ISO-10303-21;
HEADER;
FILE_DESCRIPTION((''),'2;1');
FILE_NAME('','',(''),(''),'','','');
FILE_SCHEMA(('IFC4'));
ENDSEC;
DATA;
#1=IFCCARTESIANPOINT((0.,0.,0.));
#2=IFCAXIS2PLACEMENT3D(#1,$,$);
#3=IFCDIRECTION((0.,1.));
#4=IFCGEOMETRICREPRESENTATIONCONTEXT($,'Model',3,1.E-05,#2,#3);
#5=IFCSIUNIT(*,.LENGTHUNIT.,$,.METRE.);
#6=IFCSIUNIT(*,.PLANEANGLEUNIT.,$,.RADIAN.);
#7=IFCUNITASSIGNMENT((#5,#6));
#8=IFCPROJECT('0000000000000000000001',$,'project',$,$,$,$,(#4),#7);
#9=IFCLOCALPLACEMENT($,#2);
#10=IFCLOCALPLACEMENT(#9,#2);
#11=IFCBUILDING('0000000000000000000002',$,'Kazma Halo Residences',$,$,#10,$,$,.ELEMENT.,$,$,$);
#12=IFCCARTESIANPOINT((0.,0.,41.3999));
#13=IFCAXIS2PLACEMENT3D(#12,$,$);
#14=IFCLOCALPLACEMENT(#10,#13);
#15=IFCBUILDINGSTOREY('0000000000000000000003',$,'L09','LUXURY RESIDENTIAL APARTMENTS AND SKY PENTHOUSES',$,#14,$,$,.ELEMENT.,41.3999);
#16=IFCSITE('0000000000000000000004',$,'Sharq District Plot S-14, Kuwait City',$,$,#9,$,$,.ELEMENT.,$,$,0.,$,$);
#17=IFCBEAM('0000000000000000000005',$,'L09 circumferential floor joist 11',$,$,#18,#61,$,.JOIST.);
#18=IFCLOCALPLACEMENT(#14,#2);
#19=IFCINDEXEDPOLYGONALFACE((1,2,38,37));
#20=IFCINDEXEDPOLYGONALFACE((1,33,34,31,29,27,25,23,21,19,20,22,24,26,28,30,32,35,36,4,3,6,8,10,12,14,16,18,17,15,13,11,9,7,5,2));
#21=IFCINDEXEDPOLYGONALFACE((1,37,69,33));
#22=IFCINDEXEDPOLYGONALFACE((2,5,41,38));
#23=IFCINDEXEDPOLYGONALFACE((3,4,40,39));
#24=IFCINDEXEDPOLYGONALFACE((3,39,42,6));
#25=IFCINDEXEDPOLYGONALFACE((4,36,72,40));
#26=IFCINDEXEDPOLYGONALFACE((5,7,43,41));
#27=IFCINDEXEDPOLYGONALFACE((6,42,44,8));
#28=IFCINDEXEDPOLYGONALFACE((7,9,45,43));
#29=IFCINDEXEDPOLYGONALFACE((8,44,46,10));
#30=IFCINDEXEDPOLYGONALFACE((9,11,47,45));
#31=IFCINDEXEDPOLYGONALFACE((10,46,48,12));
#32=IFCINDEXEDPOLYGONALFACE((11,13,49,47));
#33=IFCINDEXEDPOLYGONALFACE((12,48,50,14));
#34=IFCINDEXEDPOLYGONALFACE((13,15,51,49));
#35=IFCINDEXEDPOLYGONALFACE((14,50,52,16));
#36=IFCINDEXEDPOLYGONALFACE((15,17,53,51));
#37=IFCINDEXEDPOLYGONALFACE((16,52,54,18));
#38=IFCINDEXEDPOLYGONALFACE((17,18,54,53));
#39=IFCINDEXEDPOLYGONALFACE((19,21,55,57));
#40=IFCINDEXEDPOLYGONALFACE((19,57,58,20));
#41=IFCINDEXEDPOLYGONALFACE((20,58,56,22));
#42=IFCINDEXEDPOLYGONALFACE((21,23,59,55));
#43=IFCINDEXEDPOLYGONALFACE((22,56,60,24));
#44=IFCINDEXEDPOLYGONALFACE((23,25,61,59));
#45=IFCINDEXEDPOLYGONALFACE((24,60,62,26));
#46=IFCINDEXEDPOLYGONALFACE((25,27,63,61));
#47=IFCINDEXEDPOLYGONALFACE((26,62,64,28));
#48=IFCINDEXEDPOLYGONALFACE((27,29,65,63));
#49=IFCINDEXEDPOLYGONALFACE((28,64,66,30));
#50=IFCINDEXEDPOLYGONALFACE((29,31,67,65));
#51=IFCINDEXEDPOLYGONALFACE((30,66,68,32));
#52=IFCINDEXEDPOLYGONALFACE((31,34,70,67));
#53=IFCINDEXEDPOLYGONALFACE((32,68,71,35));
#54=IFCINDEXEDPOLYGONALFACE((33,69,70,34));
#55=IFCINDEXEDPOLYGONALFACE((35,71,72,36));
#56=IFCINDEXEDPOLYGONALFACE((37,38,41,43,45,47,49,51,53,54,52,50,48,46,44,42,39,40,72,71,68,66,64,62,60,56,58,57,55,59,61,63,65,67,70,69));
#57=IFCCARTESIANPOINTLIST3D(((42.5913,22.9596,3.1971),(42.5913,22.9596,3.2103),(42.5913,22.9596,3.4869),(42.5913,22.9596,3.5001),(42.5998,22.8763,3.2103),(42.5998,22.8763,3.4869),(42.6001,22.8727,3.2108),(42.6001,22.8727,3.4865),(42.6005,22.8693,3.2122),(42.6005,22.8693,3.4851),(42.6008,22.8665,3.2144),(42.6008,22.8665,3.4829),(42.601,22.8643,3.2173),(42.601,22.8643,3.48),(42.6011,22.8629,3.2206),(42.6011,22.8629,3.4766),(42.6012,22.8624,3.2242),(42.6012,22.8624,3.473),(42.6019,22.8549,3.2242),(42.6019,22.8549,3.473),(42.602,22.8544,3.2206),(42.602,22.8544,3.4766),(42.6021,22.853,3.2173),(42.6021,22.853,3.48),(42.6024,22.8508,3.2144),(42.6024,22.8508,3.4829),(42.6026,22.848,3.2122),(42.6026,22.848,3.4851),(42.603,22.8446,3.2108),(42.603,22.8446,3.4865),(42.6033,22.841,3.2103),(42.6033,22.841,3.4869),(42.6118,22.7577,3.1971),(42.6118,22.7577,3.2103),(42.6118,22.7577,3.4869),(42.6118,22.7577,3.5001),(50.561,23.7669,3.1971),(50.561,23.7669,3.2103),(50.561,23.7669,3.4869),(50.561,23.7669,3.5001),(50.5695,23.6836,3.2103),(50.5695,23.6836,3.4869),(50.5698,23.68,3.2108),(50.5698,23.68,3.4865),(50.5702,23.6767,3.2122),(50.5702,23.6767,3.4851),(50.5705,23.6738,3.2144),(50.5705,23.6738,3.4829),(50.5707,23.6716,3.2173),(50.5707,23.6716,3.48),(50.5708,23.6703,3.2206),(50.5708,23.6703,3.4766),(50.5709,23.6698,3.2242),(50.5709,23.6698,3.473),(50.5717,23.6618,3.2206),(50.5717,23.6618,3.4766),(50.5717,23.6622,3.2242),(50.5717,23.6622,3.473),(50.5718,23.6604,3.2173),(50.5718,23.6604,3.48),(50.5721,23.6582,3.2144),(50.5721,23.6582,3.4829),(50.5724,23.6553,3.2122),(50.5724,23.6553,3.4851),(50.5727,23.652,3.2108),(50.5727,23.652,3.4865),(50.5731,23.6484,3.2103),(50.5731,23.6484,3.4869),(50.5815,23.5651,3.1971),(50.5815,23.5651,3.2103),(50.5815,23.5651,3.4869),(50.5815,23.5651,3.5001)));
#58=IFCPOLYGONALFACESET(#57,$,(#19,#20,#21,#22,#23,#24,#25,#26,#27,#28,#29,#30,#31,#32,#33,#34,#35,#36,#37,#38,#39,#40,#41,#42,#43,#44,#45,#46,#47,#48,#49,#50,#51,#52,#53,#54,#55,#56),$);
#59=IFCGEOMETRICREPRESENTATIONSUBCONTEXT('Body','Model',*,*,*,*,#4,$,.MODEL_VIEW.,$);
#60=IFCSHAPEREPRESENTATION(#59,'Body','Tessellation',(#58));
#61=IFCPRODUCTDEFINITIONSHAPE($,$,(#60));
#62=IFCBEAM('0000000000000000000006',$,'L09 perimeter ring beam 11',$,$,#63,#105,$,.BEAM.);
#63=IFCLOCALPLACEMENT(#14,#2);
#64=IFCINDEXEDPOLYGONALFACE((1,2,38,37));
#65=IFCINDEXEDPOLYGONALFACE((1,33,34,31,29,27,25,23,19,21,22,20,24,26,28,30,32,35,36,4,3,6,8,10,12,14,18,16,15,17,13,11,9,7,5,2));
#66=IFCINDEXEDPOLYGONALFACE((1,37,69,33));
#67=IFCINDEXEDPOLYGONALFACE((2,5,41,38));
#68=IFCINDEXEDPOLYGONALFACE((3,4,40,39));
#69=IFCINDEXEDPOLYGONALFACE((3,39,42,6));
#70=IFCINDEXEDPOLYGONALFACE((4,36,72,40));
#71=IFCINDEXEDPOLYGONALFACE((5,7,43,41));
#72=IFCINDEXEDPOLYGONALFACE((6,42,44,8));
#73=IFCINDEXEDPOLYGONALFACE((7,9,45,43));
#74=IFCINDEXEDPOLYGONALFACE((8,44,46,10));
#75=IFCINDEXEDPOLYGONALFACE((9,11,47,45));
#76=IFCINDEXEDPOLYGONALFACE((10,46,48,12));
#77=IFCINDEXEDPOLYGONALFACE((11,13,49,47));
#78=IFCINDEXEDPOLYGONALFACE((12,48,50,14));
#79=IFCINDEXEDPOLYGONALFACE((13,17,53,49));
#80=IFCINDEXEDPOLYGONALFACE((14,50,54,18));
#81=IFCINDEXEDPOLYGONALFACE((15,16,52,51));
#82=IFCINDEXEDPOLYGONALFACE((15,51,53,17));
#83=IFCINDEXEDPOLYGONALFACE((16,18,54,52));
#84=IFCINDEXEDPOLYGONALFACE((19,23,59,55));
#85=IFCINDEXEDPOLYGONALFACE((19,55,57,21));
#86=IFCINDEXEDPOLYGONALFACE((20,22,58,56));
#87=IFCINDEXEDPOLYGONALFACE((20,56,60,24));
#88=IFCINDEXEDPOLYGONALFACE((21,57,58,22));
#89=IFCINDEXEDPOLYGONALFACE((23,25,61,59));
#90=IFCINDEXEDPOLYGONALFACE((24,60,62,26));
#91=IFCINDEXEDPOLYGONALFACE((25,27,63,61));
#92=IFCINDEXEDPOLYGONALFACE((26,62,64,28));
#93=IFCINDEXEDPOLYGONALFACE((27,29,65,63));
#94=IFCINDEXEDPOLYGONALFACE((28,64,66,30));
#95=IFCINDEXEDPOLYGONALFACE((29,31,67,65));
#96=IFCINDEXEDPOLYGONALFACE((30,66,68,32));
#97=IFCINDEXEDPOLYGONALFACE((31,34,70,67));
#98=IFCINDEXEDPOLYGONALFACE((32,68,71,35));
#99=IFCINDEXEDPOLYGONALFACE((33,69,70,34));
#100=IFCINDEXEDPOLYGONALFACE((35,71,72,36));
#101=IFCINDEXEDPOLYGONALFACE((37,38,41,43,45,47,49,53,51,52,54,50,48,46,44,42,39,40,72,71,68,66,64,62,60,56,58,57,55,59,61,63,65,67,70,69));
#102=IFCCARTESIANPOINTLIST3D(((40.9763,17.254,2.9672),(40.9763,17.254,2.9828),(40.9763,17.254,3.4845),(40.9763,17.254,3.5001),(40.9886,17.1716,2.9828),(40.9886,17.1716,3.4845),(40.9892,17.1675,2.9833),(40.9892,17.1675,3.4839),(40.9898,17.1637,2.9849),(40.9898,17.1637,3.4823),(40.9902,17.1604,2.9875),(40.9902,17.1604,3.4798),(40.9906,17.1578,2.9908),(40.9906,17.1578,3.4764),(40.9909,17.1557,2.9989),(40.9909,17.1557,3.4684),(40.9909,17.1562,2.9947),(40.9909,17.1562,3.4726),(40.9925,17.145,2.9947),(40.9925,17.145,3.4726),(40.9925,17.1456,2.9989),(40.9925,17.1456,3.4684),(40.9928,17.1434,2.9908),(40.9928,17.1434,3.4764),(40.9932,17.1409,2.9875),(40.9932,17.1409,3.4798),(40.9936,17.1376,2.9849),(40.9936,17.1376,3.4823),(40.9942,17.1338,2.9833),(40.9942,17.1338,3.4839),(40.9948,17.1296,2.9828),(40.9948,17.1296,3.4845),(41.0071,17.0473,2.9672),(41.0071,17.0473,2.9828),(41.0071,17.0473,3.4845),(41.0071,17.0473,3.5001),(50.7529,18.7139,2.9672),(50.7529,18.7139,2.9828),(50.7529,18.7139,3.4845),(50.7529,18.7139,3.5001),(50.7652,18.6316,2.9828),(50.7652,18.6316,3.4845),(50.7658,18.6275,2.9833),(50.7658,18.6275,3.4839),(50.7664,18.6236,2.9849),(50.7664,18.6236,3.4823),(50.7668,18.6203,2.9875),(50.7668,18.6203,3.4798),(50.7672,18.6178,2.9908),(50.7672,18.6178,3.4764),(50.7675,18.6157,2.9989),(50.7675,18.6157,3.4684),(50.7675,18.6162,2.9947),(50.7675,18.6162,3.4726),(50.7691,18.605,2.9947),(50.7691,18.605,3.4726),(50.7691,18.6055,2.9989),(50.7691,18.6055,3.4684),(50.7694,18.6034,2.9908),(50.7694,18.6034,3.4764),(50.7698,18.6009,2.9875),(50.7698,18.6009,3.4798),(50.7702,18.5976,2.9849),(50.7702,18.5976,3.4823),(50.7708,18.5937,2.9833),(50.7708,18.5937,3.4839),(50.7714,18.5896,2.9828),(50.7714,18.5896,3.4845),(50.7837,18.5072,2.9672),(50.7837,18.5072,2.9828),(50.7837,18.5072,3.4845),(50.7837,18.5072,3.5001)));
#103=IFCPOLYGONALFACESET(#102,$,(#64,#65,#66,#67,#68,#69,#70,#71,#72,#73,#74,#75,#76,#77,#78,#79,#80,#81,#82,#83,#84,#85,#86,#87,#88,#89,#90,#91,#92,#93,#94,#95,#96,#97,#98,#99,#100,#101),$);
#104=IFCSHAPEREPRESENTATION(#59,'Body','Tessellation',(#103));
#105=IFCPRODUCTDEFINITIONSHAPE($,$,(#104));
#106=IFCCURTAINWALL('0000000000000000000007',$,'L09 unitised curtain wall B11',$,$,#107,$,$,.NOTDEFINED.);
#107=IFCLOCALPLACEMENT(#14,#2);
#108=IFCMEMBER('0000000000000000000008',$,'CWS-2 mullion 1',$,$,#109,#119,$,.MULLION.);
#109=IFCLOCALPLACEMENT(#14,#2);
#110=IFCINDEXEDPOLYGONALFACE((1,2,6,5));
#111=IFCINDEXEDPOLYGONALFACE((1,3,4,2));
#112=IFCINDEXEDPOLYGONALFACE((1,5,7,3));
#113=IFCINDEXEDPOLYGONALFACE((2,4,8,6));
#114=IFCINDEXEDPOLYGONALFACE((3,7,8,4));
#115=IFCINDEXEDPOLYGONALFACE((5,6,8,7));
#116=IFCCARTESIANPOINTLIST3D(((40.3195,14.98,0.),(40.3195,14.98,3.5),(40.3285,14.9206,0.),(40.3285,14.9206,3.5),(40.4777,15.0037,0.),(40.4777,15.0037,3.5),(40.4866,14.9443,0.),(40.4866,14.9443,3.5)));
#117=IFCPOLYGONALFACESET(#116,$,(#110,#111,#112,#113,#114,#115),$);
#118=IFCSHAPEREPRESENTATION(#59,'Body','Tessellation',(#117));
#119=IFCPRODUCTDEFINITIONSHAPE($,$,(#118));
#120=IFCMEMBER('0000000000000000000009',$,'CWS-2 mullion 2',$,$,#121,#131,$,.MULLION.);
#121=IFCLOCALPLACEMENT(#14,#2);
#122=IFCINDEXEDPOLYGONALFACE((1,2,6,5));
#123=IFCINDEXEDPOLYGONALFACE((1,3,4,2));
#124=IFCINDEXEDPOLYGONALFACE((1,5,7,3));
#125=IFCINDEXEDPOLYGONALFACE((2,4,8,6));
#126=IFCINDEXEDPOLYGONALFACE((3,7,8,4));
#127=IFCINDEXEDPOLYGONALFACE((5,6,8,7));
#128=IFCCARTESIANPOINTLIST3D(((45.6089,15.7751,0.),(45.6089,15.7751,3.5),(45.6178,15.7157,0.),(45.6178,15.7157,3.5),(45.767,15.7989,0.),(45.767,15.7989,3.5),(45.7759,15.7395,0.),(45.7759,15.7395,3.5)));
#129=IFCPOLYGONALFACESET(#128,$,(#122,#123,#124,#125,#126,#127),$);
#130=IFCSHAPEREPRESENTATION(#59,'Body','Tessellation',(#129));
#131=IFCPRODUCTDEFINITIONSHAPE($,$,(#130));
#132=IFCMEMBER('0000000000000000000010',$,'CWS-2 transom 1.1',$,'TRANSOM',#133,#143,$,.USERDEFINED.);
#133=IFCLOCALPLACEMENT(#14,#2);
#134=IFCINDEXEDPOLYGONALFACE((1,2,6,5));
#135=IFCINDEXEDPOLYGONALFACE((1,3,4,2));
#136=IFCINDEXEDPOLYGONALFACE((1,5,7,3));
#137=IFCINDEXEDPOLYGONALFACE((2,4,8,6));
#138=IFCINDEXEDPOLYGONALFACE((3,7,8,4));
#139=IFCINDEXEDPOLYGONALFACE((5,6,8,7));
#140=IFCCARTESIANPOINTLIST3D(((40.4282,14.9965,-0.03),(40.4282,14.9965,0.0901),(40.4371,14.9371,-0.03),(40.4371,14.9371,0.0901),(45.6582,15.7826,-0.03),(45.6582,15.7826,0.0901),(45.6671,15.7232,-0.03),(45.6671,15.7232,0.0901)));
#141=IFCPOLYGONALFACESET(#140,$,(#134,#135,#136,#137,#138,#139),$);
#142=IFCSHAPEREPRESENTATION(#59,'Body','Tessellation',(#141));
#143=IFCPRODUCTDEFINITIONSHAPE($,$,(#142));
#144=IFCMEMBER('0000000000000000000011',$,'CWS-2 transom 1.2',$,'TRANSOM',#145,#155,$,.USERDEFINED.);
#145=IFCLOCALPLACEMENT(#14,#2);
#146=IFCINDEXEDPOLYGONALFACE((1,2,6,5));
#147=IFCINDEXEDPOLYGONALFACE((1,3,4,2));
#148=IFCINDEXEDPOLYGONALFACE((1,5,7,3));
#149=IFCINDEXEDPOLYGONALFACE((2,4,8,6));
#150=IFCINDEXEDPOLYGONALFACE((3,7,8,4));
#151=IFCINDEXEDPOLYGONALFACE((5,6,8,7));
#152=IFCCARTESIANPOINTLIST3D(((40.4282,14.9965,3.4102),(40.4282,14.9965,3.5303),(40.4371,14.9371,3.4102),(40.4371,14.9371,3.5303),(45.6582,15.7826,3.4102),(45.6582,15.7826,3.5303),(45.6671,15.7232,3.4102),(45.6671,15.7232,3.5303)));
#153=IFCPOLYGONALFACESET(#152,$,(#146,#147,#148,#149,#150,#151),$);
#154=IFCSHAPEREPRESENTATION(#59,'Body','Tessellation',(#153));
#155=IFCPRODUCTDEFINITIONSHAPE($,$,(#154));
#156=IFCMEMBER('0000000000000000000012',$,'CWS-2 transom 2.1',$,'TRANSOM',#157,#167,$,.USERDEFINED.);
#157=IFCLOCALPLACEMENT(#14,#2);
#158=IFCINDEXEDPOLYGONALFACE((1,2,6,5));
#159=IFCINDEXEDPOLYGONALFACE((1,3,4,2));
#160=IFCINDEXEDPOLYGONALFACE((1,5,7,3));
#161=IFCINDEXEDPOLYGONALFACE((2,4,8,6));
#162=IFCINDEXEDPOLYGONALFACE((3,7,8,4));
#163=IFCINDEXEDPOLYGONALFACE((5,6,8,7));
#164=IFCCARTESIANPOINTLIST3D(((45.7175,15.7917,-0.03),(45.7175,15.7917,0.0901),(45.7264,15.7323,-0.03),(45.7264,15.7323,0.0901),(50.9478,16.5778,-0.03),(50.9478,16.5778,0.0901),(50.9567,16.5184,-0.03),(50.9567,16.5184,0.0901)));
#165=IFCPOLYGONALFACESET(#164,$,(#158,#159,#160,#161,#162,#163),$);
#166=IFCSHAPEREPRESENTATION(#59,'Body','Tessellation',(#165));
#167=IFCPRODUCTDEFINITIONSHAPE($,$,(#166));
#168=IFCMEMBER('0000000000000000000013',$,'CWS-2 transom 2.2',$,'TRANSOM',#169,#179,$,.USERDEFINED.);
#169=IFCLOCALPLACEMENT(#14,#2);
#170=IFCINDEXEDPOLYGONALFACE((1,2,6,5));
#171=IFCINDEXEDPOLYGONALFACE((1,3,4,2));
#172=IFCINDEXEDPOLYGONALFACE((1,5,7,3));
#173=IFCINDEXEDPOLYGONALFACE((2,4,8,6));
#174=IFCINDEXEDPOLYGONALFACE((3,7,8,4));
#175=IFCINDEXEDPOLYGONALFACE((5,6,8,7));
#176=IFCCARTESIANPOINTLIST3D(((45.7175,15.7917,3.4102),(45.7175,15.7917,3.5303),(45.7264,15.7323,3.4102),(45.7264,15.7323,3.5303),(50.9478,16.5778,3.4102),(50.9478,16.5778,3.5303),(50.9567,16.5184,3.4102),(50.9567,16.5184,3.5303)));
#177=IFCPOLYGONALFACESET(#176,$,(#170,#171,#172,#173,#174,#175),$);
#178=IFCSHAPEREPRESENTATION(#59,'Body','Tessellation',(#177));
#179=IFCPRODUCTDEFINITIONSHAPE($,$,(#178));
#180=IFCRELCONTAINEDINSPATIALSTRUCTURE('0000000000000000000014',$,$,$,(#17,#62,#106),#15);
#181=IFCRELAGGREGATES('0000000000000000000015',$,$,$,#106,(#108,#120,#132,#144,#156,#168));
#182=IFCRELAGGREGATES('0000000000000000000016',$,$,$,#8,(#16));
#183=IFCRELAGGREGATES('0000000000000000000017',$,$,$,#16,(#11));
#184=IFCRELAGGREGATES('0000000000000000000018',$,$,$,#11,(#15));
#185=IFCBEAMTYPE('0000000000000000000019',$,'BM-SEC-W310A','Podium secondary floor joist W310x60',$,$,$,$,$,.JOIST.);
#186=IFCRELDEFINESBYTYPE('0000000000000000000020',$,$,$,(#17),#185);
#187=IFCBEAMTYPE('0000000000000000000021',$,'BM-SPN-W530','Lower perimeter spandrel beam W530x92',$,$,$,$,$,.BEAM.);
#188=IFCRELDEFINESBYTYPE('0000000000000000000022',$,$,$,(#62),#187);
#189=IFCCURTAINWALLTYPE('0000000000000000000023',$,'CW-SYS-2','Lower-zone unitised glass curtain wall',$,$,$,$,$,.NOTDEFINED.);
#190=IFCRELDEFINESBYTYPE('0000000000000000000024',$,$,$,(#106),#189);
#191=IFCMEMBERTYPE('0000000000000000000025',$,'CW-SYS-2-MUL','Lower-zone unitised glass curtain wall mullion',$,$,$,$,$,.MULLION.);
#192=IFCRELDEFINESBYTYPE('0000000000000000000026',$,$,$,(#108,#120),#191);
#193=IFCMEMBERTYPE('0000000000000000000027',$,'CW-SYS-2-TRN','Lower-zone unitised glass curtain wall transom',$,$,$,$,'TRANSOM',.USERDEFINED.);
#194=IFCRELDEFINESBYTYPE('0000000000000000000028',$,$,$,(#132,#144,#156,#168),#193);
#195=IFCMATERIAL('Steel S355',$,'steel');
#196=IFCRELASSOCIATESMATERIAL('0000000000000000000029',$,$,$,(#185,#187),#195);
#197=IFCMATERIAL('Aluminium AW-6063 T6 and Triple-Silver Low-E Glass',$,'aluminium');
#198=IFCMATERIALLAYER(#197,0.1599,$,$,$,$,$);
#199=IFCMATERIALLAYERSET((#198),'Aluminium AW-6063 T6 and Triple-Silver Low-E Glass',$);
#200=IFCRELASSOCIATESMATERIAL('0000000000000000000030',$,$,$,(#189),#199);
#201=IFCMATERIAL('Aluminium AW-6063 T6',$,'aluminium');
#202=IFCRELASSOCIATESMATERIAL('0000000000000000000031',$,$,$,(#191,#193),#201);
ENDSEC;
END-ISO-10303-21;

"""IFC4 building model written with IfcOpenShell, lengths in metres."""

from ifc_helpers import new_model, si_unit, direction, frame, origin, origin_2d, place, context, subcontext, project, spatial, rectangle, i_section, extrude, material, layer, layer_set, material_profile, profile_set, type_object, element, aggregate, save


model = new_model("IFC4")

# Units and contexts
model_context = context("Model", 3, precision=1e-05, world=origin(), true_north=direction((0.0, 1.0)))
body_context = subcontext(model_context, "Body", "Model", "MODEL_VIEW")
ifc_project = project(units=[si_unit("LENGTHUNIT", "METRE"), si_unit("PLANEANGLEUNIT", "RADIAN")], contexts=[model_context])

# Site, building, storey
site_placement = place(None, origin())
site = spatial("IfcSite", under=ifc_project, at=site_placement, Name="Sharq District Plot S-14, Kuwait City", CompositionType="ELEMENT", RefElevation=0.0)
building_placement = place(site_placement, origin())
building = spatial("IfcBuilding", under=site, at=building_placement, Name="Kazma Halo Residences", CompositionType="ELEMENT")
storey_placement = place(building_placement, frame((0.0, 0.0, 41.3999)))
storey = spatial("IfcBuildingStorey", under=building, at=storey_placement, Name="L09", Description="LUXURY RESIDENTIAL APARTMENTS AND SKY PENTHOUSES", CompositionType="ELEMENT", Elevation=41.3999)

# Beams
ifc_material_1 = material(Name="Steel S355", Category="steel")
ifc_material_profile_1 = material_profile(ifc_material_1, i_section(OverallWidth=0.2029, OverallDepth=0.303, WebThickness=0.0076, FlangeThickness=0.0132, FilletRadius=0.0139, at=origin_2d()), Name="W310x60")
ifc_profile_set_1 = profile_set([ifc_material_profile_1], Name="Steel S355")
beam_type_1 = type_object("IfcBeamType", Name="BM-SEC-W310A", Description="Podium secondary floor joist W310x60", PredefinedType="JOIST", material=ifc_profile_set_1)
beam_1_placement = place(storey_placement, frame((42.6016, 22.8586, 3.3486), z_axis=(0.994908, 0.100789, 0.0), x_axis=(-0.100789, 0.994908, 0.0)))
element("IfcBeam", 1, at=beam_1_placement, inside=storey, type_object=beam_type_1, Name="L09 circumferential floor joist 11", PredefinedType="JOIST", context=body_context, shape_type="SweptSolid", body=[
    extrude(i_section(OverallWidth=0.2029, OverallDepth=0.303, WebThickness=0.0076, FlangeThickness=0.0132, FilletRadius=0.0139, at=origin_2d()), origin(), (0.0, 0.0, 1.0), 8.0105),
])
ifc_material_profile_2 = material_profile(ifc_material_1, i_section(OverallWidth=0.209, OverallDepth=0.533, WebThickness=0.0103, FlangeThickness=0.0156, FilletRadius=0.0161, at=origin_2d()), Name="W530x92")
ifc_profile_set_2 = profile_set([ifc_material_profile_2], Name="Steel S355")
beam_type_2 = type_object("IfcBeamType", Name="BM-SPN-W530", Description="Lower perimeter spandrel beam W530x92", PredefinedType="BEAM", material=ifc_profile_set_2)
beam_2_placement = place(storey_placement, frame((40.9917, 17.1506, 3.2336), z_axis=(0.989033, 0.147694, 0.0), x_axis=(-0.147694, 0.989033, 0.0)))
element("IfcBeam", 2, at=beam_2_placement, inside=storey, type_object=beam_type_2, Name="L09 perimeter ring beam 11", PredefinedType="BEAM", context=body_context, shape_type="SweptSolid", body=[
    extrude(i_section(OverallWidth=0.209, OverallDepth=0.533, WebThickness=0.0103, FlangeThickness=0.0156, FilletRadius=0.0161, at=origin_2d()), origin(), (0.0, 0.0, 1.0), 9.885),
])

# Curtain wall, members
ifc_material_2 = material(Name="Aluminium AW-6063 T6 and Triple-Silver Low-E Glass", Category="aluminium")
ifc_layer_1 = layer(ifc_material_2, 0.1599)
ifc_layer_set_1 = layer_set([ifc_layer_1], Name="Aluminium AW-6063 T6 and Triple-Silver Low-E Glass")
curtain_wall_type = type_object("IfcCurtainWallType", Name="CW-SYS-2", Description="Lower-zone unitised glass curtain wall", PredefinedType="NOTDEFINED", material=ifc_layer_set_1)
curtain_wall_placement = place(storey_placement, origin())
curtain_wall = element("IfcCurtainWall", 3, at=curtain_wall_placement, inside=storey, type_object=curtain_wall_type, Name="L09 unitised curtain wall B11", PredefinedType="NOTDEFINED")
ifc_material_3 = material(Name="Aluminium AW-6063 T6", Category="aluminium")
ifc_material_profile_3 = material_profile(ifc_material_3, rectangle(XDim=0.0601, YDim=0.1599, at=origin_2d()), Name="CWM-60x160")
ifc_profile_set_3 = profile_set([ifc_material_profile_3], Name="Aluminium AW-6063 T6")
member_type_1 = type_object("IfcMemberType", Name="CW-SYS-2-MUL", Description="Lower-zone unitised glass curtain wall mullion", PredefinedType="MULLION", material=ifc_profile_set_3)
member_1_placement = place(storey_placement, frame((40.4031, 14.9622, 0.0), z_axis=(0.0, 0.0, 1.0), x_axis=(-0.148657, 0.988889, 0.0)))
member_1 = element("IfcMember", 4, at=member_1_placement, type_object=member_type_1, Name="CWS-2 mullion 1", PredefinedType="MULLION", context=body_context, shape_type="SweptSolid", body=[
    extrude(rectangle(XDim=0.0601, YDim=0.1599, at=origin_2d()), origin(), (0.0, 0.0, 1.0), 3.5),
])
member_2_placement = place(storey_placement, frame((45.6924, 15.7573, 0.0), z_axis=(0.0, 0.0, 1.0), x_axis=(-0.148657, 0.988889, 0.0)))
member_2 = element("IfcMember", 5, at=member_2_placement, type_object=member_type_1, Name="CWS-2 mullion 2", PredefinedType="MULLION", context=body_context, shape_type="SweptSolid", body=[
    extrude(rectangle(XDim=0.0601, YDim=0.1599, at=origin_2d()), origin(), (0.0, 0.0, 1.0), 3.5),
])
ifc_material_profile_4 = material_profile(ifc_material_3, rectangle(XDim=0.0601, YDim=0.1201, at=origin_2d()), Name="CWT-60x120")
ifc_profile_set_4 = profile_set([ifc_material_profile_4], Name="Aluminium AW-6063 T6")
member_type_2 = type_object("IfcMemberType", Name="CW-SYS-2-TRN", Description="Lower-zone unitised glass curtain wall transom", ElementType="TRANSOM", PredefinedType="USERDEFINED", material=ifc_profile_set_4)
member_3_placement = place(storey_placement, frame((40.4326, 14.9668, 0.03), z_axis=(0.988891, 0.148643, 0.0), x_axis=(-0.148643, 0.988891, 0.0)))
member_3 = element("IfcMember", 6, at=member_3_placement, type_object=member_type_2, Name="CWS-2 transom 1.1", ObjectType="TRANSOM", PredefinedType="USERDEFINED", context=body_context, shape_type="SweptSolid", body=[
    extrude(rectangle(XDim=0.0601, YDim=0.1201, at=origin_2d()), origin(), (0.0, 0.0, 1.0), 5.2888),
])
member_4_placement = place(storey_placement, frame((40.4326, 14.9668, 3.4702), z_axis=(0.988891, 0.148643, 0.0), x_axis=(-0.148643, 0.988891, 0.0)))
member_4 = element("IfcMember", 7, at=member_4_placement, type_object=member_type_2, Name="CWS-2 transom 1.2", ObjectType="TRANSOM", PredefinedType="USERDEFINED", context=body_context, shape_type="SweptSolid", body=[
    extrude(rectangle(XDim=0.0601, YDim=0.1201, at=origin_2d()), origin(), (0.0, 0.0, 1.0), 5.2888),
])
member_5_placement = place(storey_placement, frame((45.7219, 15.762, 0.03), z_axis=(0.988892, 0.148636, 0.0), x_axis=(-0.148636, 0.988892, 0.0)))
member_5 = element("IfcMember", 8, at=member_5_placement, type_object=member_type_2, Name="CWS-2 transom 2.1", ObjectType="TRANSOM", PredefinedType="USERDEFINED", context=body_context, shape_type="SweptSolid", body=[
    extrude(rectangle(XDim=0.0601, YDim=0.1201, at=origin_2d()), origin(), (0.0, 0.0, 1.0), 5.2891),
])
member_6_placement = place(storey_placement, frame((45.7219, 15.762, 3.4702), z_axis=(0.988892, 0.148636, 0.0), x_axis=(-0.148636, 0.988892, 0.0)))
member_6 = element("IfcMember", 9, at=member_6_placement, type_object=member_type_2, Name="CWS-2 transom 2.2", ObjectType="TRANSOM", PredefinedType="USERDEFINED", context=body_context, shape_type="SweptSolid", body=[
    extrude(rectangle(XDim=0.0601, YDim=0.1201, at=origin_2d()), origin(), (0.0, 0.0, 1.0), 5.2891),
])
aggregate(curtain_wall, [member_1, member_2, member_3, member_4, member_5, member_6])

save(model, "model.ifc")
